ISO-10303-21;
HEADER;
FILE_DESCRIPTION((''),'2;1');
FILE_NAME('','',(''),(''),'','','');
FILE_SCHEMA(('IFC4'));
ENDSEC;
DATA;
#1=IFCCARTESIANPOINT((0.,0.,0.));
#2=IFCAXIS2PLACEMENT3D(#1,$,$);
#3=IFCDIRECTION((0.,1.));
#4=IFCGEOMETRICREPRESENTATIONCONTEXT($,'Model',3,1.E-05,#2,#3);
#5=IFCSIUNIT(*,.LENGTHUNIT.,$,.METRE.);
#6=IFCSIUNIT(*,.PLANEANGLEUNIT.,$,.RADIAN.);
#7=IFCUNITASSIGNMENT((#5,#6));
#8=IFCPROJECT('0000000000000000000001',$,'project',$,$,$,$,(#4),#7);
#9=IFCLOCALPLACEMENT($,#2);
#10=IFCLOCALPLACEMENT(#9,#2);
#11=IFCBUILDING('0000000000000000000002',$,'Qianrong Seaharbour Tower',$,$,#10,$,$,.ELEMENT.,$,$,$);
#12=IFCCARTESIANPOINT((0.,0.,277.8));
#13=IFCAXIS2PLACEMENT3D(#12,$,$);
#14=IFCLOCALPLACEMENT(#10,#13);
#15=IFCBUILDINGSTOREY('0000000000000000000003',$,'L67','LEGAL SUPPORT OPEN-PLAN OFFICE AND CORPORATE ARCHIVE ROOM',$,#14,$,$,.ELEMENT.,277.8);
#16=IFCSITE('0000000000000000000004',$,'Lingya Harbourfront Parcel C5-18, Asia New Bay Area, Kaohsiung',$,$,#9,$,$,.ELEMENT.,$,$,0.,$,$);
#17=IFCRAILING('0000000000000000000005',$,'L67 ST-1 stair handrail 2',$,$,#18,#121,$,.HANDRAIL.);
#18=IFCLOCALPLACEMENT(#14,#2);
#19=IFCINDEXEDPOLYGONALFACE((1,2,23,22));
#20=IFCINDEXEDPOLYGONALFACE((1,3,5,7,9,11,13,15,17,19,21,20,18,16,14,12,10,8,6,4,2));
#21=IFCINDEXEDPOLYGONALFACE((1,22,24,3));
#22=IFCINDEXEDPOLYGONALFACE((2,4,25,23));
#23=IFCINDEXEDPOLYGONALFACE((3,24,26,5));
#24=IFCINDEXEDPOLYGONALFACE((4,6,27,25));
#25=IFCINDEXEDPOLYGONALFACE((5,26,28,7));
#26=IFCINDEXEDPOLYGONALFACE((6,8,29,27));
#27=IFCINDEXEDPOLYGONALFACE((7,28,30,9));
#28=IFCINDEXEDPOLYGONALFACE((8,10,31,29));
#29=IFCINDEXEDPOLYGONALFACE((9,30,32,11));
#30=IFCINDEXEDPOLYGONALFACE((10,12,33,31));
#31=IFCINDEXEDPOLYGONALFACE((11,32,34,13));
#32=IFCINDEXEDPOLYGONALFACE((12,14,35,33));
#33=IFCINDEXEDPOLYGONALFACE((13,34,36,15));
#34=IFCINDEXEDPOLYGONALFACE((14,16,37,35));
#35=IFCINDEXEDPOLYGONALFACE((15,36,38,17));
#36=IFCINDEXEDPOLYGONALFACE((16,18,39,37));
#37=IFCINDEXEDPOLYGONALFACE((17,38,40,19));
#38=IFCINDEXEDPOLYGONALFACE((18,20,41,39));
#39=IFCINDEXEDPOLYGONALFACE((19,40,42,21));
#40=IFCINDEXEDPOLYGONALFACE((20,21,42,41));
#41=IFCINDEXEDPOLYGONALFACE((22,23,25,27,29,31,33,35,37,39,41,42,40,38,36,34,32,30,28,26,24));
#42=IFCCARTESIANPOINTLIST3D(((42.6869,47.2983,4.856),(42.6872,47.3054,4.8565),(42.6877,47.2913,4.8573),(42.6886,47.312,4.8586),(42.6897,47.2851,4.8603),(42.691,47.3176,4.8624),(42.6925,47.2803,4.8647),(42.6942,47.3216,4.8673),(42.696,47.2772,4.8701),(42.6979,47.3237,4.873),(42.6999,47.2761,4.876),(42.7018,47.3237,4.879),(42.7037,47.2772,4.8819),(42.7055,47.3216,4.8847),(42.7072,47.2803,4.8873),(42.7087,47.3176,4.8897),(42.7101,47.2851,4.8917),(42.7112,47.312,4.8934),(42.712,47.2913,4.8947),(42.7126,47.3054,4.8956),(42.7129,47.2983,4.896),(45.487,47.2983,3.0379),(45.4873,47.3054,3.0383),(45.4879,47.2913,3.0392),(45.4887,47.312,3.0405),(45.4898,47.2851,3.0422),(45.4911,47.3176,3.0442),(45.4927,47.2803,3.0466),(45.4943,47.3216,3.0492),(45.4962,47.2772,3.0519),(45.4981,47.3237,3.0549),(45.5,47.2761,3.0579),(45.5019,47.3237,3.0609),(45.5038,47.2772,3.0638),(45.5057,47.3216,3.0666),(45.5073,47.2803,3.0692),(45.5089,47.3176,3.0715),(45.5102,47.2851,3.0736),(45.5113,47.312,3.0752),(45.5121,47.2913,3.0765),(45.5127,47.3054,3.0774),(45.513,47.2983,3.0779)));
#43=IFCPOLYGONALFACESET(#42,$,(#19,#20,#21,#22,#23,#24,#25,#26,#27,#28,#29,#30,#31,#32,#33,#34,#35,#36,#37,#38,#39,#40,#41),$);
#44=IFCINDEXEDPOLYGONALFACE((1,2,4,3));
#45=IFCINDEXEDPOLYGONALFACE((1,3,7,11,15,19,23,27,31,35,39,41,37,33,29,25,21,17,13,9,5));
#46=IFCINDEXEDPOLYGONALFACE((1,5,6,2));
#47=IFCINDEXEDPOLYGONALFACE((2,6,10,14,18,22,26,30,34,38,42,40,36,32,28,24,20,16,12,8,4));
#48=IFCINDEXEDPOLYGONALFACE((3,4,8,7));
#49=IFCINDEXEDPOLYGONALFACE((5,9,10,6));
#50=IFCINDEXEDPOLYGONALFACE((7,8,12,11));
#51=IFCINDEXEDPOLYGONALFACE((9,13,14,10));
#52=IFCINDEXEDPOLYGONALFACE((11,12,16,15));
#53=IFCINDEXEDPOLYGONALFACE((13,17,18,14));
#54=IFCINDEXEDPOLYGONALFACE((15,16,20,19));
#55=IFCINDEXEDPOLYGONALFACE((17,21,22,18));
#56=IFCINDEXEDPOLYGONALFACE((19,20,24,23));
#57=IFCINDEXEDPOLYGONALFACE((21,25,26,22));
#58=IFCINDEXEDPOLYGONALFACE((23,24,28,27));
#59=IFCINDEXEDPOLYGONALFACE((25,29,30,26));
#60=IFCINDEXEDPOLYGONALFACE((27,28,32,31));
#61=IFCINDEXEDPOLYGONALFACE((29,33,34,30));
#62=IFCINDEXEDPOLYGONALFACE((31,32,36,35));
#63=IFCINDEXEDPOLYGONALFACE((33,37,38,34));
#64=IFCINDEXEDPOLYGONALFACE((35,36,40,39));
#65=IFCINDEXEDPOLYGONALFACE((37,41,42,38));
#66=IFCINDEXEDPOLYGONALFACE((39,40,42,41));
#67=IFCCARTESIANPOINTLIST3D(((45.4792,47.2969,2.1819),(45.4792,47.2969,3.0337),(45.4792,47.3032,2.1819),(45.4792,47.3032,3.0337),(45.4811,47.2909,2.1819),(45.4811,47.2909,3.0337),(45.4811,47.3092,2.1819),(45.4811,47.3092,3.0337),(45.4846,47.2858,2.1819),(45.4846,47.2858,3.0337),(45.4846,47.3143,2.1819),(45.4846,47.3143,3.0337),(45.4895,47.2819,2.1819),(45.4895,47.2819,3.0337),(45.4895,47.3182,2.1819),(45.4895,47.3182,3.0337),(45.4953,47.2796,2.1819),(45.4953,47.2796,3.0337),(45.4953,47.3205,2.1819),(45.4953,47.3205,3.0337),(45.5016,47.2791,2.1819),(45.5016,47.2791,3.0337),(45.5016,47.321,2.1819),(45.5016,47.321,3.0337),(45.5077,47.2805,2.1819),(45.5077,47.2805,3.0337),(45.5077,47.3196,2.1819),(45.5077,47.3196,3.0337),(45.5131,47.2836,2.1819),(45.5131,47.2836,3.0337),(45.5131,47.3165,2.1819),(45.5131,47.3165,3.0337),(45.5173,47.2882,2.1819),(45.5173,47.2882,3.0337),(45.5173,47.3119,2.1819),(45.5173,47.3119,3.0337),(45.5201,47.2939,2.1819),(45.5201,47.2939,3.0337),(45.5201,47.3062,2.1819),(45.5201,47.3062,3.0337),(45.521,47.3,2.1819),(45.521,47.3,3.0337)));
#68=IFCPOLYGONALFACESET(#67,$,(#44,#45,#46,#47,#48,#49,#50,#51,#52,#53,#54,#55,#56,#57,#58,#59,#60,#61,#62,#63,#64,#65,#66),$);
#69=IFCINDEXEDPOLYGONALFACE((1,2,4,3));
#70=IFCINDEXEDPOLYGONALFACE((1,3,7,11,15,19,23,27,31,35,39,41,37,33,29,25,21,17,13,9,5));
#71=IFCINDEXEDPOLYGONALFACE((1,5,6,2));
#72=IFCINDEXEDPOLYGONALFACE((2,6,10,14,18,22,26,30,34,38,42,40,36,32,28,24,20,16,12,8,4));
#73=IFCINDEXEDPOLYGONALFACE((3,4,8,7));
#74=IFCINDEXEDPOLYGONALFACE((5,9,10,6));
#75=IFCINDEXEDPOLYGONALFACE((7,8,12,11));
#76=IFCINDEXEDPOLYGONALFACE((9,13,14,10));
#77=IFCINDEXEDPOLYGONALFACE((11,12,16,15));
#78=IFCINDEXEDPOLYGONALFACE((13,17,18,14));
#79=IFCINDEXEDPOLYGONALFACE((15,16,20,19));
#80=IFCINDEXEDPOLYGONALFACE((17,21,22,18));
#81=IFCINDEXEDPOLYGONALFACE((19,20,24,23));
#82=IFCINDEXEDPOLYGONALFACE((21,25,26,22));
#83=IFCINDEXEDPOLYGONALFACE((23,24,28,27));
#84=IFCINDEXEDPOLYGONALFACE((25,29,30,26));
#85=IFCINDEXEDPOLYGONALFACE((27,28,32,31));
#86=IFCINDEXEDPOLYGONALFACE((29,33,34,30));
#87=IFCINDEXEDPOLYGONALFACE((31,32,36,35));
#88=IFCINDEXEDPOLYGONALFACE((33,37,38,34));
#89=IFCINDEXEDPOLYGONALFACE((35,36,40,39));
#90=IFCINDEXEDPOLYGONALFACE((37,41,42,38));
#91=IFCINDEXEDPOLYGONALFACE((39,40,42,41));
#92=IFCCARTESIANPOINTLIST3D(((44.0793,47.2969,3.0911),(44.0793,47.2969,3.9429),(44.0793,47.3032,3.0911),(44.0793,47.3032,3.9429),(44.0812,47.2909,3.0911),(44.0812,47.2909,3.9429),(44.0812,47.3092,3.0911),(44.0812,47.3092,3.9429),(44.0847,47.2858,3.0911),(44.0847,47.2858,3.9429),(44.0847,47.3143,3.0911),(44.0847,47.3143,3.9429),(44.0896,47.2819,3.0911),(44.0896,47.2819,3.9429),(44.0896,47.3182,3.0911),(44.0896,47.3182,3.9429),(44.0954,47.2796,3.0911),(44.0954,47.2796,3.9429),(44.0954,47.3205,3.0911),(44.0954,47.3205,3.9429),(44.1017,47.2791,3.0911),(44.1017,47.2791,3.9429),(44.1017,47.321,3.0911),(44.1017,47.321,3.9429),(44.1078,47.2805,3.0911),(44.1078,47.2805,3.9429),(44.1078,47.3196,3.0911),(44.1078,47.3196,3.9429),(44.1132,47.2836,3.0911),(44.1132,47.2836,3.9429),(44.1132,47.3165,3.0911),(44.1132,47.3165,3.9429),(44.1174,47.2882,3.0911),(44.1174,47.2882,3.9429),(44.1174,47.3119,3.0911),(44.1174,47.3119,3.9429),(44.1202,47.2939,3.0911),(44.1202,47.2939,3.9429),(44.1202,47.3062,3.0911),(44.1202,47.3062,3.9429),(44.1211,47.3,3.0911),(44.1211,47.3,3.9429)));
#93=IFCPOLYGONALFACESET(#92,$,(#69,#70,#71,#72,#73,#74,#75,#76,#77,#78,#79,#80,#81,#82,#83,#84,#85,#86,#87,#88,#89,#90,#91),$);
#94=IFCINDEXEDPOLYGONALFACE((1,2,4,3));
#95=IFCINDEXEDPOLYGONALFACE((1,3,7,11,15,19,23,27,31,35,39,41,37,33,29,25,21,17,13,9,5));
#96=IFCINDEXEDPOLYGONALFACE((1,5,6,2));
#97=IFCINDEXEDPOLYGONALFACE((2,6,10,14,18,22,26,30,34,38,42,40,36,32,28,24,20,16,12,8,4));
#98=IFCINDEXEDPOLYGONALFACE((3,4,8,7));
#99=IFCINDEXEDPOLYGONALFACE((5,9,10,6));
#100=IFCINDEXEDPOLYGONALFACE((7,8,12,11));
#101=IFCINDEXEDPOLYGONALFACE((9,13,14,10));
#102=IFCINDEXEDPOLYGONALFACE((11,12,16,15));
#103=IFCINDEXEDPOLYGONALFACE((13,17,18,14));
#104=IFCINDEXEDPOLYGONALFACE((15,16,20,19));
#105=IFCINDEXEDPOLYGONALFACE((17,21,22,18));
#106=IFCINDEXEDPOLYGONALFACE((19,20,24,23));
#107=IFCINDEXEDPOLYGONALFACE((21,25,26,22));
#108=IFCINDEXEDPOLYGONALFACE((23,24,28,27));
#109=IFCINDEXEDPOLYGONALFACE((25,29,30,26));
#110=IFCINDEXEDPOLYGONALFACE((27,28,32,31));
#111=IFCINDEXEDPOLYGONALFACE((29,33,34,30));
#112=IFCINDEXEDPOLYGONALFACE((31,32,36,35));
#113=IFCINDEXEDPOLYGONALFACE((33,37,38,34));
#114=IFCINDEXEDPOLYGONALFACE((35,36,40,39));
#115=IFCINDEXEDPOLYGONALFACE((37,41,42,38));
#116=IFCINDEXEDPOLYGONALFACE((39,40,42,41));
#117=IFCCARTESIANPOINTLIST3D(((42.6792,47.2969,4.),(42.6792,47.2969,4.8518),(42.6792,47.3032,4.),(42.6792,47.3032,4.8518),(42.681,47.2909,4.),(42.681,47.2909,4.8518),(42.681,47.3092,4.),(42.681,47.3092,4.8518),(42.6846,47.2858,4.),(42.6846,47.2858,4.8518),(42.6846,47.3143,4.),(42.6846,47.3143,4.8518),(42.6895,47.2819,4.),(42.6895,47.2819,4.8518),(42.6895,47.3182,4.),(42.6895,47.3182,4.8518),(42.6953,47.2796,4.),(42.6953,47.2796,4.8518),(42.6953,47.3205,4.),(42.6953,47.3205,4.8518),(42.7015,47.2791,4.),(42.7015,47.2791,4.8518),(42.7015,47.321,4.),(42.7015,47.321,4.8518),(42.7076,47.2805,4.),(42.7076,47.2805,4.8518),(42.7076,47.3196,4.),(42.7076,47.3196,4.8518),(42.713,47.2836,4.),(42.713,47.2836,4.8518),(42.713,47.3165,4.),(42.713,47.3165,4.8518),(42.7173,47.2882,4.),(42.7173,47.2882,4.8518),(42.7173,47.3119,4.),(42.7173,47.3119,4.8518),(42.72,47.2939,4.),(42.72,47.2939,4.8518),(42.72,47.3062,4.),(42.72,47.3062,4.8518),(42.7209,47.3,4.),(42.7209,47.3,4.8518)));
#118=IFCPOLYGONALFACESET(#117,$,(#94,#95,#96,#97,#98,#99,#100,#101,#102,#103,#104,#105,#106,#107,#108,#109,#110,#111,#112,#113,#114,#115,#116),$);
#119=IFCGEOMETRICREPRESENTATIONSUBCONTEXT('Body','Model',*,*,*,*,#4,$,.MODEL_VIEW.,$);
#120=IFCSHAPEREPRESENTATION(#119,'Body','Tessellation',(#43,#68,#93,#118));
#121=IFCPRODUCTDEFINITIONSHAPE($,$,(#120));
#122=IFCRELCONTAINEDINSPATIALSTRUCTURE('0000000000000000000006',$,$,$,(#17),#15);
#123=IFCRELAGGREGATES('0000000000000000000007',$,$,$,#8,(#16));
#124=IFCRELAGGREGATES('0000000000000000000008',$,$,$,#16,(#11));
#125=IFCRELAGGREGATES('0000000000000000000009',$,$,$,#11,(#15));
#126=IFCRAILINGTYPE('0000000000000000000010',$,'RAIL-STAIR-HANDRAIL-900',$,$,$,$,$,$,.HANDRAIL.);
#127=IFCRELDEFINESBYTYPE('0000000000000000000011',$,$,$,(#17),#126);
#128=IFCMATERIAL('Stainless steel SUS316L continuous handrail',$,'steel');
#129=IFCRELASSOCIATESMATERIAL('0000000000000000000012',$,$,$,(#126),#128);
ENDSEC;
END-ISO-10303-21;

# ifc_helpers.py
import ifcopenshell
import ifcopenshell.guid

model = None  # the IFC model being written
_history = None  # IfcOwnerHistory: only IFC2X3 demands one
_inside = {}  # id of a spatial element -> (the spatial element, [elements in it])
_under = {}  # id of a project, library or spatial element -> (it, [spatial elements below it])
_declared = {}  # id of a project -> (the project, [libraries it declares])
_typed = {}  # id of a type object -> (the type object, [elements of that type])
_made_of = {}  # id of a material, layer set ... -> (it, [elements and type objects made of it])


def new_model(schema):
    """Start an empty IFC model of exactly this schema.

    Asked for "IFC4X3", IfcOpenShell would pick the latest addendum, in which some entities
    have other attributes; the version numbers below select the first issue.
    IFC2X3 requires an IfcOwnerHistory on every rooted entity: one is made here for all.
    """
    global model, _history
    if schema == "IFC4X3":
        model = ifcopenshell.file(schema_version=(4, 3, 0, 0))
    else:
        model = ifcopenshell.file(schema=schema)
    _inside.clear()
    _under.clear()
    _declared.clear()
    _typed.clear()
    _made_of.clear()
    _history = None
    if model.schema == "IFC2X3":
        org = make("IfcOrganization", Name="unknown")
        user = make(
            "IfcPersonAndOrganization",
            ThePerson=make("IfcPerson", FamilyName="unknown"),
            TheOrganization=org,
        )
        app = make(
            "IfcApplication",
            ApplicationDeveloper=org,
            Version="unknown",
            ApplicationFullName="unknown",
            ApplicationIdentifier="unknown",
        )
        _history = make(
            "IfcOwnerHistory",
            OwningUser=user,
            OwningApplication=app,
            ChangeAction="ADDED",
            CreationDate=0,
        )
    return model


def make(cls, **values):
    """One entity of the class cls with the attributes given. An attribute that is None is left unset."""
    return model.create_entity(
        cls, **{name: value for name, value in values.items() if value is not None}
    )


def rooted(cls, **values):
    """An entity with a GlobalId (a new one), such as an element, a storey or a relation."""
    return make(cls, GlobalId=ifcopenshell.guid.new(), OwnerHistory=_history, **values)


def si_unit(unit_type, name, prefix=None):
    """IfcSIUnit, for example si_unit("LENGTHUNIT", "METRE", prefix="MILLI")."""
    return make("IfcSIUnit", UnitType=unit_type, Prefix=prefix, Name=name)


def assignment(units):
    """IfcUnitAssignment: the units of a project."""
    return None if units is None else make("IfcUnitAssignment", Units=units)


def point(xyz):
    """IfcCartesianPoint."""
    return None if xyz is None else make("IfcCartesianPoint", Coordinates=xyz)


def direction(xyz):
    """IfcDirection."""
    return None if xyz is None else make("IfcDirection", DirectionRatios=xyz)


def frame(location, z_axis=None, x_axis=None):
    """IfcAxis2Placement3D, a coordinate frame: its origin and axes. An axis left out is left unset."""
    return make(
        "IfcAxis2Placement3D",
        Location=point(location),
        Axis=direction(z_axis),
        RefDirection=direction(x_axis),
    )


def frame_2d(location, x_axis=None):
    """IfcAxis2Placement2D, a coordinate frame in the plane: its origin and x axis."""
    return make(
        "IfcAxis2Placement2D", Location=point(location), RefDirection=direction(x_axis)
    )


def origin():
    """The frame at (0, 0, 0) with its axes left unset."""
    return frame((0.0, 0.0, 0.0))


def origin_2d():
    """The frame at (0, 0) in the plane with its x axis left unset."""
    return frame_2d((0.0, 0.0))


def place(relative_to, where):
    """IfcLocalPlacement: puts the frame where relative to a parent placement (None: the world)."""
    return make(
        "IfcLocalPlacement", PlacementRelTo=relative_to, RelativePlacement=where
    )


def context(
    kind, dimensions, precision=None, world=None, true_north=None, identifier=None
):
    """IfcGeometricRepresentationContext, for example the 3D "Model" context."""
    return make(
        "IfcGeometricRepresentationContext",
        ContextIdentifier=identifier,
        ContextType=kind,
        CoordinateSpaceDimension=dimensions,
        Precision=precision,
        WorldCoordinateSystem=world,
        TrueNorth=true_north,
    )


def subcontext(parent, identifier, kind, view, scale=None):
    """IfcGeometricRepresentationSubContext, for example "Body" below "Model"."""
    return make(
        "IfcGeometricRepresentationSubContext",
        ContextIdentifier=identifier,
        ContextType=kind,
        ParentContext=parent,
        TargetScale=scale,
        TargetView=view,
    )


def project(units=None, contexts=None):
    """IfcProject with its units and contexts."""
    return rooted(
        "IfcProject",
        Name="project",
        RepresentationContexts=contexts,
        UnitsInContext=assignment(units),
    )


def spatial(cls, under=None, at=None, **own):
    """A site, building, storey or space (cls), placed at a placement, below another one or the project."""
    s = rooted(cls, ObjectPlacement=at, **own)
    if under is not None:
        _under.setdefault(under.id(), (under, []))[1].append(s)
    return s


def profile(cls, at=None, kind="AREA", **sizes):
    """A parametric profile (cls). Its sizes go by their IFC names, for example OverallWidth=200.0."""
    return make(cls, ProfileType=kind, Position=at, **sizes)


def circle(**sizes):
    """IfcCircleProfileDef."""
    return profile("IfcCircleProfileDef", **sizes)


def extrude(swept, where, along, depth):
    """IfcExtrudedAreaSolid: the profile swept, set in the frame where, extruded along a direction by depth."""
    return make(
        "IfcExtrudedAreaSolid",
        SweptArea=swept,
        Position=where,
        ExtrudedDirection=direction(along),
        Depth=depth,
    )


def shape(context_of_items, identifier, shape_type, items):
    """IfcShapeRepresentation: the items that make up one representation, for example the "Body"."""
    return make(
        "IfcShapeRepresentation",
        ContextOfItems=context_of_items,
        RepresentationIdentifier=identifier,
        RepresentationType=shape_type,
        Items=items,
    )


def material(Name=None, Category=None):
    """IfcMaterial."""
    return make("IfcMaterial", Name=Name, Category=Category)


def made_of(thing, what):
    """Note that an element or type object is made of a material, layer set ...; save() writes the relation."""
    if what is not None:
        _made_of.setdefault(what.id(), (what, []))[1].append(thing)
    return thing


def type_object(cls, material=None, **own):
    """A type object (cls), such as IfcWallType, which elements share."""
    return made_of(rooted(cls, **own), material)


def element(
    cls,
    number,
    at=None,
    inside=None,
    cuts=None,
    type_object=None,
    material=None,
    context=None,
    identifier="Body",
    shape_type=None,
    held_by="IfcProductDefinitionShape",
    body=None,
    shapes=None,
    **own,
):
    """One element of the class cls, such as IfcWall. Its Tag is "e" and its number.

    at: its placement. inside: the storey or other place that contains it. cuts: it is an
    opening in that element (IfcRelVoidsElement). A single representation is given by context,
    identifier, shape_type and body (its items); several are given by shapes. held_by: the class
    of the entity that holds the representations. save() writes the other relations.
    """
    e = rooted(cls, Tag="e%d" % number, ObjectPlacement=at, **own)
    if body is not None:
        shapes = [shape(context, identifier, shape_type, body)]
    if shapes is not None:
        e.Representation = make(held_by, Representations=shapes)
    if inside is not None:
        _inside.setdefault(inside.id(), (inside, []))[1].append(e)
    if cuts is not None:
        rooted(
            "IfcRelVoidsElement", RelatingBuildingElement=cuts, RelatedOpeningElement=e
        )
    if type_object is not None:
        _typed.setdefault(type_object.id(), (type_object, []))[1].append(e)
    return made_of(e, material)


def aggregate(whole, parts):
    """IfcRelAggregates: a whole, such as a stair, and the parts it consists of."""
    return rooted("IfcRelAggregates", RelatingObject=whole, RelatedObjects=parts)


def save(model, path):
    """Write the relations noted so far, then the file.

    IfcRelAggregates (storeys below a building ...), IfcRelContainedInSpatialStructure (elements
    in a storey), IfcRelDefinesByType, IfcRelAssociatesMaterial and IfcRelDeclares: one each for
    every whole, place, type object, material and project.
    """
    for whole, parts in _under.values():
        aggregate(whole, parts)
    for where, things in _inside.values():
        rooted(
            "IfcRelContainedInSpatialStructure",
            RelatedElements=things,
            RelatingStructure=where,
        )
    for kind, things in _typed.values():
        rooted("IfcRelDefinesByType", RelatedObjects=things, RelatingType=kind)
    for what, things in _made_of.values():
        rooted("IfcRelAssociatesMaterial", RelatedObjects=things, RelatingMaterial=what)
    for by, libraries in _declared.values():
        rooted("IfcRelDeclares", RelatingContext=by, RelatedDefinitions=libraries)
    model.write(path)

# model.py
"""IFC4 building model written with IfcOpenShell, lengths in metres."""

from ifc_helpers import new_model, si_unit, direction, frame, origin, origin_2d, place, context, subcontext, project, spatial, circle, extrude, material, type_object, element, save


model = new_model("IFC4")

# Units and contexts
model_context = context("Model", 3, precision=1e-05, world=origin(), true_north=direction((0.0, 1.0)))
body_context = subcontext(model_context, "Body", "Model", "MODEL_VIEW")
ifc_project = project(units=[si_unit("LENGTHUNIT", "METRE"), si_unit("PLANEANGLEUNIT", "RADIAN")], contexts=[model_context])

# Site, building, storey
site_placement = place(None, origin())
site = spatial("IfcSite", under=ifc_project, at=site_placement, Name="Lingya Harbourfront Parcel C5-18, Asia New Bay Area, Kaohsiung", CompositionType="ELEMENT", RefElevation=0.0)
building_placement = place(site_placement, origin())
building = spatial("IfcBuilding", under=site, at=building_placement, Name="Qianrong Seaharbour Tower", CompositionType="ELEMENT")
storey_placement = place(building_placement, frame((0.0, 0.0, 277.8)))
storey = spatial("IfcBuildingStorey", under=building, at=storey_placement, Name="L67", Description="LEGAL SUPPORT OPEN-PLAN OFFICE AND CORPORATE ARCHIVE ROOM", CompositionType="ELEMENT", Elevation=277.8)

# Railing
ifc_material_1 = material(Name="Stainless steel SUS316L continuous handrail", Category="steel")
railing_type_1 = type_object("IfcRailingType", Name="RAIL-STAIR-HANDRAIL-900", PredefinedType="HANDRAIL", material=ifc_material_1)
railing_1_placement = place(storey_placement, frame((45.5, 47.3, 2.1819)))
element("IfcRailing", 1, at=railing_1_placement, inside=storey, type_object=railing_type_1, Name="L67 ST-1 stair handrail 2", PredefinedType="HANDRAIL", context=body_context, shape_type="SweptSolid", body=[
    extrude(circle(Radius=0.0239, at=origin_2d()), frame((0.0, 0.0, 0.876), z_axis=(-0.838706, 0.0, 0.544585), x_axis=(0.0, -1.0, 0.0)), (0.0, 0.0, 1.0), 3.3386),
    extrude(circle(Radius=0.021, at=origin_2d()), origin(), (0.0, 0.0, 1.0), 0.8518),
    extrude(circle(Radius=0.021, at=origin_2d()), frame((-1.3999, 0.0, 0.9092)), (0.0, 0.0, 1.0), 0.8518),
    extrude(circle(Radius=0.021, at=origin_2d()), frame((-2.8, 0.0, 1.8181)), (0.0, 0.0, 1.0), 0.8518),
])

save(model, "model.ifc")
